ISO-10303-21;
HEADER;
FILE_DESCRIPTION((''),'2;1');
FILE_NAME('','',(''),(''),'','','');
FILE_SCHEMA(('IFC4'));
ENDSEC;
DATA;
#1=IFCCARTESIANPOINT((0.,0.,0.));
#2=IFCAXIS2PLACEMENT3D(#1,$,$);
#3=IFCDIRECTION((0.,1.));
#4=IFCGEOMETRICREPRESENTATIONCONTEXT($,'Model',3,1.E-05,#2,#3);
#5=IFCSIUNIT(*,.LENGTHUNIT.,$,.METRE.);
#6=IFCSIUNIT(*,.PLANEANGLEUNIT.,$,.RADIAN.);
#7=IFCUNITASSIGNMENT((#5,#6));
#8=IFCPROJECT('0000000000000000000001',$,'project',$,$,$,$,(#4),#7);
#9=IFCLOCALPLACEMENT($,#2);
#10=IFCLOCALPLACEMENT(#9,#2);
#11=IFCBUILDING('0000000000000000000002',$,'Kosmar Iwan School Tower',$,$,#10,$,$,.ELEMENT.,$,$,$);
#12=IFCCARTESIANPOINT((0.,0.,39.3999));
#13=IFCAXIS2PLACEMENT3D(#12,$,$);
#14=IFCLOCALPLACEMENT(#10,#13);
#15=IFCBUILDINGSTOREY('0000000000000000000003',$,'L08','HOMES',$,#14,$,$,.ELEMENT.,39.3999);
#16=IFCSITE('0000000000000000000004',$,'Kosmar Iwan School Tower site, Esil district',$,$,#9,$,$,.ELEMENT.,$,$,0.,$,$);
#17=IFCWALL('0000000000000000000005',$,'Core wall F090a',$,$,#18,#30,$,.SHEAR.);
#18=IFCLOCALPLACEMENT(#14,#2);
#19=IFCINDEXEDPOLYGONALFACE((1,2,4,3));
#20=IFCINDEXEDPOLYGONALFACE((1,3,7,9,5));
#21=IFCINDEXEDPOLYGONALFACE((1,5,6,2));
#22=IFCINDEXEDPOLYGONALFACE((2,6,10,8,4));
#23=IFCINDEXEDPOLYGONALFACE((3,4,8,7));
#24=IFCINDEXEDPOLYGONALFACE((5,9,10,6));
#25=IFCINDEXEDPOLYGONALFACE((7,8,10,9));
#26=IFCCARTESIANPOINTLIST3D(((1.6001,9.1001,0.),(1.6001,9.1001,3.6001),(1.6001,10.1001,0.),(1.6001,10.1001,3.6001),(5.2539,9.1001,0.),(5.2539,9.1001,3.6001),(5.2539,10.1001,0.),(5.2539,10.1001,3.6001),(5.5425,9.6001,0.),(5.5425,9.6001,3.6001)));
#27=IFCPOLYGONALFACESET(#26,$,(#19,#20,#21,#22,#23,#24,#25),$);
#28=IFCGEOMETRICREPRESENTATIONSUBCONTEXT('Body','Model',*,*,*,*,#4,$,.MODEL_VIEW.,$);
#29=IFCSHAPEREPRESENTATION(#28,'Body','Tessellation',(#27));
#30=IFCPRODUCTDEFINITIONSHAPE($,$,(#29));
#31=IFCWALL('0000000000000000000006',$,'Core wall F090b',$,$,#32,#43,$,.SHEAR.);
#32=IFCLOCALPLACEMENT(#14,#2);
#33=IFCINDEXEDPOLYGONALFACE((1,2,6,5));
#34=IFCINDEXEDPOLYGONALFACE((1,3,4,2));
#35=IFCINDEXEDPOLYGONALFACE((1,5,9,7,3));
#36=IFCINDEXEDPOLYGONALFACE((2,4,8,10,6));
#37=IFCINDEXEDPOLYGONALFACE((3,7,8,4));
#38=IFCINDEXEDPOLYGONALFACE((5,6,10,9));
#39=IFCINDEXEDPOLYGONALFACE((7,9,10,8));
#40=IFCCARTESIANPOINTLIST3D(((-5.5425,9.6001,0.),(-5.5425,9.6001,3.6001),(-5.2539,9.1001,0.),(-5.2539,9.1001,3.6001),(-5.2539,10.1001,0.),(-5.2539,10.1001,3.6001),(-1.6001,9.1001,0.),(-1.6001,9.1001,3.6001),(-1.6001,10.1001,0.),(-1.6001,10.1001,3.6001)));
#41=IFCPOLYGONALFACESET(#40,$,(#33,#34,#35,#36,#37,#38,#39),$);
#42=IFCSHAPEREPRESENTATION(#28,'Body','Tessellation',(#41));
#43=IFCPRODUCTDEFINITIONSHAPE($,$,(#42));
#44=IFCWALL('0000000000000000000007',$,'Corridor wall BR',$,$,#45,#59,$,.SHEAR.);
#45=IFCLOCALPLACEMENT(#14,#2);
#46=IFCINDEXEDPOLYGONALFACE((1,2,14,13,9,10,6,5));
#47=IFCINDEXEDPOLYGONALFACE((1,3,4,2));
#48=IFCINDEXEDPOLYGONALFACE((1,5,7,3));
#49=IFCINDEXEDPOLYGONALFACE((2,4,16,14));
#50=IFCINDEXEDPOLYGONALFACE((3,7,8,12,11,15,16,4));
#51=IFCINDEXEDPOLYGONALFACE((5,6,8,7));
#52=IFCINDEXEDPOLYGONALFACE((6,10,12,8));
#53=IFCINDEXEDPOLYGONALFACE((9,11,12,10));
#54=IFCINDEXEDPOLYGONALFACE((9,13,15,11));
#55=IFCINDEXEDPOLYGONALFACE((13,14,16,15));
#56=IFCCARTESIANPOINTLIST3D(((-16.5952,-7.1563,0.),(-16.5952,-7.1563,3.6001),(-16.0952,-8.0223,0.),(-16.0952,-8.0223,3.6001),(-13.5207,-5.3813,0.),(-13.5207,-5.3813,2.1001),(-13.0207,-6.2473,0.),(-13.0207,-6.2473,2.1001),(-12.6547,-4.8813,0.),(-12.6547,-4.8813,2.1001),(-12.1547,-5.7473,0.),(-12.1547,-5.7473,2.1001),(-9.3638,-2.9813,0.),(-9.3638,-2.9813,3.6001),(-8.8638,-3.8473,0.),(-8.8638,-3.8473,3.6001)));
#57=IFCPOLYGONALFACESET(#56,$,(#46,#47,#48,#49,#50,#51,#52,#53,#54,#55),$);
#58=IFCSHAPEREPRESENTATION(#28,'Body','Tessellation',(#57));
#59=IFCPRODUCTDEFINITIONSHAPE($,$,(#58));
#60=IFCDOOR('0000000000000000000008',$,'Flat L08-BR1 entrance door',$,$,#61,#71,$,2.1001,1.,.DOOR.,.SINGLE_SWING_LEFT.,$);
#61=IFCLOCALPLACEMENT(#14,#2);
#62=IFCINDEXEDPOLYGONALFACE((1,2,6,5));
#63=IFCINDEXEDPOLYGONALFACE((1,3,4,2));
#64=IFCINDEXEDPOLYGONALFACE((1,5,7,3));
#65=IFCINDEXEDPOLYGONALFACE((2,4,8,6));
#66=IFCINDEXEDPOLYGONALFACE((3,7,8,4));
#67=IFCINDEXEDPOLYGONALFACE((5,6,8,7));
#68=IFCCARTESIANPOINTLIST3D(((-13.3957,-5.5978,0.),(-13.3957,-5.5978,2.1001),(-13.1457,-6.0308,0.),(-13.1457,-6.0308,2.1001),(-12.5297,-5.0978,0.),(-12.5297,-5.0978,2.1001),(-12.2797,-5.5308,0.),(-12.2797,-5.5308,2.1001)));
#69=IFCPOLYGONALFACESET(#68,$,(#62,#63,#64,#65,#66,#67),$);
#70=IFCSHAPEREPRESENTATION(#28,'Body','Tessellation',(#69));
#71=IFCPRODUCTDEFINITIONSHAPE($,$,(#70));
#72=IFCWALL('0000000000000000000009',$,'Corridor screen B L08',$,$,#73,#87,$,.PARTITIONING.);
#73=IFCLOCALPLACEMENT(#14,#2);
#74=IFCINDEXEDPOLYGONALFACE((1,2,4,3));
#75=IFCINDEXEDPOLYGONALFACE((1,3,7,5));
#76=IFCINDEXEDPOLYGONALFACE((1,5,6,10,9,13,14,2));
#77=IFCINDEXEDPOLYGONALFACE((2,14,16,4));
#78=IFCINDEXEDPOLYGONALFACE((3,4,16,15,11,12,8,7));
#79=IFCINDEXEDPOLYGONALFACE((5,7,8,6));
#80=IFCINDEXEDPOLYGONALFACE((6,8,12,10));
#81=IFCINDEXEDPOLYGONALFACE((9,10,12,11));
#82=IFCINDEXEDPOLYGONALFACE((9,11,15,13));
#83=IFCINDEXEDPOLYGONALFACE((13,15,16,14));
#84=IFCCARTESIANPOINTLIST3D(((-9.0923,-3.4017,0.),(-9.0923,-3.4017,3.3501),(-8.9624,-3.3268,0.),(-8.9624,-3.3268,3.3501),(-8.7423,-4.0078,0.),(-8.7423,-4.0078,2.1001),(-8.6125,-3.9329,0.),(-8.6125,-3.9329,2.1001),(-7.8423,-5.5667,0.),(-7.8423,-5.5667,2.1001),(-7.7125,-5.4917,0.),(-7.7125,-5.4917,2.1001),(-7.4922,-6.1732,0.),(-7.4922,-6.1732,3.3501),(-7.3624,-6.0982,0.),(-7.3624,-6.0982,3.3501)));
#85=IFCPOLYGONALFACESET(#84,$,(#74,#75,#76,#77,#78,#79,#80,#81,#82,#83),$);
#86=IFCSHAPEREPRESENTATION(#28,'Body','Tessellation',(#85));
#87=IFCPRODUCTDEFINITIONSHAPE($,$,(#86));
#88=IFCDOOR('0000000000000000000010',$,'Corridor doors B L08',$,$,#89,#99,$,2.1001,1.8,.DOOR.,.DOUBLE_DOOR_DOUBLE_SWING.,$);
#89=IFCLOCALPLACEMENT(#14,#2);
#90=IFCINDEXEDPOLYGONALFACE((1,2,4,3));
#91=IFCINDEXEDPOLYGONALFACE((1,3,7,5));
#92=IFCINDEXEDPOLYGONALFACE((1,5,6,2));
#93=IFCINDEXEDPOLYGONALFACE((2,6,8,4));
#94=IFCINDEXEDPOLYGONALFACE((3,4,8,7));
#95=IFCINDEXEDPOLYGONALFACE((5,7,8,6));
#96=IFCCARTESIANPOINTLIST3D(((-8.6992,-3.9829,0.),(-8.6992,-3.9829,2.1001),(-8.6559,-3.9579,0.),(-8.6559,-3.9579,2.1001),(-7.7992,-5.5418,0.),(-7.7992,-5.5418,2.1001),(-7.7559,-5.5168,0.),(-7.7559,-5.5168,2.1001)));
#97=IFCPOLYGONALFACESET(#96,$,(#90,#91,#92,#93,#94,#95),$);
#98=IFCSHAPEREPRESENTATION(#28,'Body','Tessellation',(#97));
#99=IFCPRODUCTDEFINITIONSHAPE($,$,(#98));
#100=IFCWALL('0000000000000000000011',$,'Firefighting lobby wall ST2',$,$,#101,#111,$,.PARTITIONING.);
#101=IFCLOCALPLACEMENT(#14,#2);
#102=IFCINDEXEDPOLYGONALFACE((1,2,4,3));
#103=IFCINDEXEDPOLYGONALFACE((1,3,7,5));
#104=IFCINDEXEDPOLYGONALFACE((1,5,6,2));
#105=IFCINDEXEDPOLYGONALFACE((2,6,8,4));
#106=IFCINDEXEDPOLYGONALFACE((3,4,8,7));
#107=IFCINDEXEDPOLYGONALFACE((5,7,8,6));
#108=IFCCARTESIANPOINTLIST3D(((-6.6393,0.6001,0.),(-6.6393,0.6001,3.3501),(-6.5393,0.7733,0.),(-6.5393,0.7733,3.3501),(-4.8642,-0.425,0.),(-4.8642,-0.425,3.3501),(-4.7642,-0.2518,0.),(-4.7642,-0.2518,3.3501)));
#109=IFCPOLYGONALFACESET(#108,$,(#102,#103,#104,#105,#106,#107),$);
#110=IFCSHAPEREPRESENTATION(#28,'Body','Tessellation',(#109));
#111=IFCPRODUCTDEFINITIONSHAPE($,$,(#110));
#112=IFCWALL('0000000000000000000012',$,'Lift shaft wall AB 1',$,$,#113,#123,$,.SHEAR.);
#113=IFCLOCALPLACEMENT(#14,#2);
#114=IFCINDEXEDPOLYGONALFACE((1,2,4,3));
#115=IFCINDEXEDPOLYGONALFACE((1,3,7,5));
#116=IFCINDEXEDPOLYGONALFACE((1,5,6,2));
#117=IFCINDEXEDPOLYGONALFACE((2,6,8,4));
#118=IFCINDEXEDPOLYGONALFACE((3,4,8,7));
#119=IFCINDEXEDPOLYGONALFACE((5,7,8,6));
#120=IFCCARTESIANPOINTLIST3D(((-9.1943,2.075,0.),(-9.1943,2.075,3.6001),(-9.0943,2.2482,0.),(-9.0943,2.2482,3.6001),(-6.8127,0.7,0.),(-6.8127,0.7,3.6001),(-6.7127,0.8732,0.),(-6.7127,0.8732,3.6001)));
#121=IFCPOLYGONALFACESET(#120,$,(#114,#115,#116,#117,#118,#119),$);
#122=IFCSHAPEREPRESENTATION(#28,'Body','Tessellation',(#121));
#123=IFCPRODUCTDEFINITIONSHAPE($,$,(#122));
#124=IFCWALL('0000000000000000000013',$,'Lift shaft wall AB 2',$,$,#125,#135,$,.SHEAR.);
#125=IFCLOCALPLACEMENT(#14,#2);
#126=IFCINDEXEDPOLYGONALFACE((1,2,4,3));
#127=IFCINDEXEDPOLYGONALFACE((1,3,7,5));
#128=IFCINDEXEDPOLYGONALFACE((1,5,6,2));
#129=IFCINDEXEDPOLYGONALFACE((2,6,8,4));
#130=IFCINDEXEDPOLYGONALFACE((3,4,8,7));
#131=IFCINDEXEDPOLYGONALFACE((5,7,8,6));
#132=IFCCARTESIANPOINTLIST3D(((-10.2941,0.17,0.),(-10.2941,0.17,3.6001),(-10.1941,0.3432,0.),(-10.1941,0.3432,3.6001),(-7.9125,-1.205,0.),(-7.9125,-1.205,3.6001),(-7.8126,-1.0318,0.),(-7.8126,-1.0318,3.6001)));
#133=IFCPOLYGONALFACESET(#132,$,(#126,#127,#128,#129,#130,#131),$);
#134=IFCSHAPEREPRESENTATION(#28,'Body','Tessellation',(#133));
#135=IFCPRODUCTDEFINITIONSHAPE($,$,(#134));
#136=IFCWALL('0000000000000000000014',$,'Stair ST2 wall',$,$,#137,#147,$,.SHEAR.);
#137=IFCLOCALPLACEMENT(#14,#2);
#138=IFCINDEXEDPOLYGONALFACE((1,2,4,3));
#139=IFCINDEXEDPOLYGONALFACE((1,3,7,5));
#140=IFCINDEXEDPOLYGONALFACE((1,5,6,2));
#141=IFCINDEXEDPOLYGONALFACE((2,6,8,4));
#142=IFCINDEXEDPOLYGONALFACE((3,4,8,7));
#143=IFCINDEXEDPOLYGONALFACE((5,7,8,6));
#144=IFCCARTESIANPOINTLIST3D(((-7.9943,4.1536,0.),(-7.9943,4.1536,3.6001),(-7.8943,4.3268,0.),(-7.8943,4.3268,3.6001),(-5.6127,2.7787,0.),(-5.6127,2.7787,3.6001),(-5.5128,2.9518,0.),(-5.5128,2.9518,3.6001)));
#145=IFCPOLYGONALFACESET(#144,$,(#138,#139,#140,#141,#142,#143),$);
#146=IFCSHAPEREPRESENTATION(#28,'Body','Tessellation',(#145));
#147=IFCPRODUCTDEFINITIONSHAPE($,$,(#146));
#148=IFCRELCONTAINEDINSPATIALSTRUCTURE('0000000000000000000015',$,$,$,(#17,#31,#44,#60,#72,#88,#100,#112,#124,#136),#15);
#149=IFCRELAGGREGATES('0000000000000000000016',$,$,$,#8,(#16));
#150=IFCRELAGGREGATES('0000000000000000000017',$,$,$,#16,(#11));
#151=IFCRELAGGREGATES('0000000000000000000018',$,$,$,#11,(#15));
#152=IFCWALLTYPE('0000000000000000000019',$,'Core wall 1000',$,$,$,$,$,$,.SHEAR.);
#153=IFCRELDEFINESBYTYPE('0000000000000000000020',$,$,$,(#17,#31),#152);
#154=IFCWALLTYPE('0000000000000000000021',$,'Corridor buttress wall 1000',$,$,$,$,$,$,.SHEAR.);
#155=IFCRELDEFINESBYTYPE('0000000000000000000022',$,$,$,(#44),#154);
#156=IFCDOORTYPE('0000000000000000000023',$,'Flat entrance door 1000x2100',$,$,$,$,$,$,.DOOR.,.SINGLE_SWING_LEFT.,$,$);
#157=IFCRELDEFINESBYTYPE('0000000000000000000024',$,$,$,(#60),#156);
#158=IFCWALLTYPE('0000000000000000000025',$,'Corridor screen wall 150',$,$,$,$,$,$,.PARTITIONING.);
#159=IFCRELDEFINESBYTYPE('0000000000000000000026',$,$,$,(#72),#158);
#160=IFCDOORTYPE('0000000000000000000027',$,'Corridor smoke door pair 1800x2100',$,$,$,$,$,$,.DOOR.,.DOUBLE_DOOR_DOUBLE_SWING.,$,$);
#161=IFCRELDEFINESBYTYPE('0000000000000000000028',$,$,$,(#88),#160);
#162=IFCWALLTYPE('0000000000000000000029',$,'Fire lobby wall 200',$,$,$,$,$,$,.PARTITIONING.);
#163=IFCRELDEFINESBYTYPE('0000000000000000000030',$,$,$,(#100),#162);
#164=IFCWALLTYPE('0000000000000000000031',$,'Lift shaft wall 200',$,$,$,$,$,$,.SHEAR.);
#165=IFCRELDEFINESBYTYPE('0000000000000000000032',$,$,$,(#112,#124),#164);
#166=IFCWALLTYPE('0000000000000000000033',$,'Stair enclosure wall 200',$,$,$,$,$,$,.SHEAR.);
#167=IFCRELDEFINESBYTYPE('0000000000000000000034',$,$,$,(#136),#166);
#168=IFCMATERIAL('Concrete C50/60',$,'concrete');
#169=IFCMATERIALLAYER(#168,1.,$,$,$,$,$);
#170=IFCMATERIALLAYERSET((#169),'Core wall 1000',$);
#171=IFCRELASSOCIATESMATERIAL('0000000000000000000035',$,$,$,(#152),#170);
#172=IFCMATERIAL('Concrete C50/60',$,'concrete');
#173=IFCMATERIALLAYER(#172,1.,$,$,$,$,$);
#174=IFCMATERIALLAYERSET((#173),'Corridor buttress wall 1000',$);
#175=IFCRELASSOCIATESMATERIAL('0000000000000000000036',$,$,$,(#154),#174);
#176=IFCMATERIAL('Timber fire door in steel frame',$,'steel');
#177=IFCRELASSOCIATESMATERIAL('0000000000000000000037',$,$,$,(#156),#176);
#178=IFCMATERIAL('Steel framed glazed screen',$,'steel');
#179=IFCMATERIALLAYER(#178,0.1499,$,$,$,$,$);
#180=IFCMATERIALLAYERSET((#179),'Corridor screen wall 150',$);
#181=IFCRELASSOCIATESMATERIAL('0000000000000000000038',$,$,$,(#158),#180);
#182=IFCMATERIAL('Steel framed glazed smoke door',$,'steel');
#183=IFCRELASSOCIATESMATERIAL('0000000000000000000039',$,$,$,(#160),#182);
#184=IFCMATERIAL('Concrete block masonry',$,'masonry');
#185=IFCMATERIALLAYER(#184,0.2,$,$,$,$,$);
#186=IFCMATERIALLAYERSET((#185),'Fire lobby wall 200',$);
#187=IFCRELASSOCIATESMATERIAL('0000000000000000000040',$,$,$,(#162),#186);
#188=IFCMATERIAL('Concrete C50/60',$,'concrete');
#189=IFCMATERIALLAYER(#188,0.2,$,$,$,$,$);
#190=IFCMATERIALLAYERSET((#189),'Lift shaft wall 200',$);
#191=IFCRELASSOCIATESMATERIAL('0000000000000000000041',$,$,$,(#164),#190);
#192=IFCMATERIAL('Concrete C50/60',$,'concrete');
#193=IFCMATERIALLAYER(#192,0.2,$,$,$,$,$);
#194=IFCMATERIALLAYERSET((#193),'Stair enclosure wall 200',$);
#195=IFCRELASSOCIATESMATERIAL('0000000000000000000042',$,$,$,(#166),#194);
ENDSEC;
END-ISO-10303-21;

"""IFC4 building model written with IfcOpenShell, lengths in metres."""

from ifc_helpers import new_model, si_unit, direction, frame, frame_2d, origin, place, context, subcontext, project, spatial, polyline, rectangle, outline, extrude, material, layer, layer_set, type_object, element, fill, save


model = new_model("IFC4")

# Units and contexts
model_context = context("Model", 3, precision=1e-05, world=origin(), true_north=direction((0.0, 1.0)))
body_context = subcontext(model_context, "Body", "Model", "MODEL_VIEW")
ifc_project = project(units=[si_unit("LENGTHUNIT", "METRE"), si_unit("PLANEANGLEUNIT", "RADIAN")], contexts=[model_context])

# Site, building, storey
site_placement = place(None, origin())
site = spatial("IfcSite", under=ifc_project, at=site_placement, Name="Kosmar Iwan School Tower site, Esil district", CompositionType="ELEMENT", RefElevation=0.0)
building_placement = place(site_placement, origin())
building = spatial("IfcBuilding", under=site, at=building_placement, Name="Kosmar Iwan School Tower", CompositionType="ELEMENT")
storey_placement = place(building_placement, frame((0.0, 0.0, 39.3999)))
storey = spatial("IfcBuildingStorey", under=building, at=storey_placement, Name="L08", Description="HOMES", CompositionType="ELEMENT", Elevation=39.3999)

# Walls
ifc_material_1 = material(Name="Concrete C50/60", Category="concrete")
ifc_layer_1 = layer(ifc_material_1, 1.0)
ifc_layer_set_1 = layer_set([ifc_layer_1], Name="Core wall 1000")
wall_type_1 = type_object("IfcWallType", Name="Core wall 1000", PredefinedType="SHEAR", material=ifc_layer_set_1)
wall_1_placement = place(storey_placement, origin())
element("IfcWall", 1, at=wall_1_placement, inside=storey, type_object=wall_type_1, Name="Core wall F090a", PredefinedType="SHEAR", context=body_context, shape_type="SweptSolid", body=[
    extrude(outline(polyline([(1.6001, 9.1001), (5.2539, 9.1001), (5.5425, 9.6001), (5.2539, 10.1001), (1.6001, 10.1001), (1.6001, 9.1001)])), origin(), (0.0, 0.0, 1.0), 3.6001),
])
wall_2_placement = place(storey_placement, origin())
element("IfcWall", 2, at=wall_2_placement, inside=storey, type_object=wall_type_1, Name="Core wall F090b", PredefinedType="SHEAR", context=body_context, shape_type="SweptSolid", body=[
    extrude(outline(polyline([(-5.2539, 9.1001), (-1.6001, 9.1001), (-1.6001, 10.1001), (-5.2539, 10.1001), (-5.5425, 9.6001), (-5.2539, 9.1001)])), origin(), (0.0, 0.0, 1.0), 3.6001),
])

# Walls, openings, doors
ifc_material_2 = material(Name="Concrete C50/60", Category="concrete")
ifc_layer_2 = layer(ifc_material_2, 1.0)
ifc_layer_set_2 = layer_set([ifc_layer_2], Name="Corridor buttress wall 1000")
wall_type_2 = type_object("IfcWallType", Name="Corridor buttress wall 1000", PredefinedType="SHEAR", material=ifc_layer_set_2)
wall_3_placement = place(storey_placement, frame((-9.1138, -3.4143, 0.0), z_axis=(0.0, 0.0, 1.0), x_axis=(-0.866027, -0.499997, 0.0)))
wall_3 = element("IfcWall", 3, at=wall_3_placement, inside=storey, type_object=wall_type_2, Name="Corridor wall BR", PredefinedType="SHEAR", context=body_context, shape_type="SweptSolid", body=[
    extrude(rectangle(XDim=8.3501, YDim=1.0, at=frame_2d((4.175, 0.0))), origin(), (0.0, 0.0, 1.0), 3.6001),
])
opening_1_placement = place(wall_3_placement, frame((3.8, 0.0, 0.0)))
opening_1 = element("IfcOpeningElement", 4, at=opening_1_placement, cuts=wall_3, PredefinedType="OPENING", context=body_context, shape_type="SweptSolid", body=[
    extrude(rectangle(XDim=1.0, YDim=2.1001, at=frame_2d((0.5, 1.05))), frame((0.0, 0.512, 0.0), z_axis=(0.0, -1.0, 0.0), x_axis=(1.0, 0.0, 0.0)), (0.0, 0.0, 1.0), 1.0239),
])
ifc_material_3 = material(Name="Timber fire door in steel frame", Category="steel")
door_type_1 = type_object("IfcDoorType", Name="Flat entrance door 1000x2100", OperationType="SINGLE_SWING_LEFT", PredefinedType="DOOR", material=ifc_material_3)
door_1_placement = place(opening_1_placement, origin())
door_1 = element("IfcDoor", 5, at=door_1_placement, inside=storey, type_object=door_type_1, Name="Flat L08-BR1 entrance door", OperationType="SINGLE_SWING_LEFT", OverallHeight=2.1001, OverallWidth=1.0, PredefinedType="DOOR", context=body_context, shape_type="SweptSolid", body=[
    extrude(rectangle(XDim=1.0, YDim=2.1001, at=frame_2d((0.5, 1.05))), frame((0.0, 0.25, 0.0), z_axis=(0.0, -1.0, 0.0), x_axis=(1.0, 0.0, 0.0)), (0.0, 0.0, 1.0), 0.5),
])
fill(opening_1, door_1)
ifc_material_4 = material(Name="Steel framed glazed screen", Category="steel")
ifc_layer_3 = layer(ifc_material_4, 0.1499)
ifc_layer_set_3 = layer_set([ifc_layer_3], Name="Corridor screen wall 150")
wall_type_3 = type_object("IfcWallType", Name="Corridor screen wall 150", PredefinedType="PARTITIONING", material=ifc_layer_set_3)
wall_4_placement = place(storey_placement, frame((-9.0273, -3.3643, 0.0), z_axis=(0.0, 0.0, 1.0), x_axis=(0.499995, -0.866028, 0.0)))
wall_4 = element("IfcWall", 6, at=wall_4_placement, inside=storey, type_object=wall_type_3, Name="Corridor screen B L08", PredefinedType="PARTITIONING", context=body_context, shape_type="SweptSolid", body=[
    extrude(rectangle(XDim=3.2002, YDim=0.1499, at=frame_2d((1.6001, 0.0))), origin(), (0.0, 0.0, 1.0), 3.3501),
])
opening_2_placement = place(wall_4_placement, frame((0.7, 0.0, 0.0)))
opening_2 = element("IfcOpeningElement", 7, at=opening_2_placement, cuts=wall_4, PredefinedType="OPENING", context=body_context, shape_type="SweptSolid", body=[
    extrude(rectangle(XDim=1.8, YDim=2.1001, at=frame_2d((0.8999, 1.05))), frame((0.0, 0.0869, 0.0), z_axis=(0.0, -1.0, 0.0), x_axis=(1.0, 0.0, 0.0)), (0.0, 0.0, 1.0), 0.1738),
])
ifc_material_5 = material(Name="Steel framed glazed smoke door", Category="steel")
door_type_2 = type_object("IfcDoorType", Name="Corridor smoke door pair 1800x2100", OperationType="DOUBLE_DOOR_DOUBLE_SWING", PredefinedType="DOOR", material=ifc_material_5)
door_2_placement = place(opening_2_placement, origin())
door_2 = element("IfcDoor", 8, at=door_2_placement, inside=storey, type_object=door_type_2, Name="Corridor doors B L08", OperationType="DOUBLE_DOOR_DOUBLE_SWING", OverallHeight=2.1001, OverallWidth=1.8, PredefinedType="DOOR", context=body_context, shape_type="SweptSolid", body=[
    extrude(rectangle(XDim=1.8, YDim=2.1001, at=frame_2d((0.8999, 1.05))), frame((0.0, 0.0249, 0.0), z_axis=(0.0, -1.0, 0.0), x_axis=(1.0, 0.0, 0.0)), (0.0, 0.0, 1.0), 0.05),
])
fill(opening_2, door_2)

# Walls
ifc_material_6 = material(Name="Concrete block masonry", Category="masonry")
ifc_layer_4 = layer(ifc_material_6, 0.2)
ifc_layer_set_4 = layer_set([ifc_layer_4], Name="Fire lobby wall 200")
wall_type_4 = type_object("IfcWallType", Name="Fire lobby wall 200", PredefinedType="PARTITIONING", material=ifc_layer_set_4)
wall_5_placement = place(storey_placement, frame((-4.8142, -0.3384, 0.0), z_axis=(0.0, 0.0, 1.0), x_axis=(-0.865969, 0.500097, 0.0)))
element("IfcWall", 9, at=wall_5_placement, inside=storey, type_object=wall_type_4, Name="Firefighting lobby wall ST2", PredefinedType="PARTITIONING", context=body_context, shape_type="SweptSolid", body=[
    extrude(rectangle(XDim=2.0498, YDim=0.2, at=frame_2d((1.0249, 0.0))), origin(), (0.0, 0.0, 1.0), 3.3501),
])
ifc_material_7 = material(Name="Concrete C50/60", Category="concrete")
ifc_layer_5 = layer(ifc_material_7, 0.2)
ifc_layer_set_5 = layer_set([ifc_layer_5], Name="Lift shaft wall 200")
wall_type_5 = type_object("IfcWallType", Name="Lift shaft wall 200", PredefinedType="SHEAR", material=ifc_layer_set_5)
for number, where, z_axis, x_axis, name in (
    (10, (-6.7627, 0.7866, 0.0), (0.0, 0.0, 1.0), (-0.866027, 0.499997, 0.0), "Lift shaft wall AB 1"),
    (11, (-7.8625, -1.1184, 0.0), (0.0, 0.0, 1.0), (-0.866027, 0.499997, 0.0), "Lift shaft wall AB 2"),
):
    element("IfcWall", number, at=place(storey_placement, frame(where, z_axis=z_axis, x_axis=x_axis)), inside=storey, type_object=wall_type_5, Name=name, PredefinedType="SHEAR", context=body_context, shape_type="SweptSolid", body=[
        extrude(rectangle(XDim=2.75, YDim=0.2, at=frame_2d((1.375, 0.0))), origin(), (0.0, 0.0, 1.0), 3.6001),
    ])
ifc_material_8 = material(Name="Concrete C50/60", Category="concrete")
ifc_layer_6 = layer(ifc_material_8, 0.2)
ifc_layer_set_6 = layer_set([ifc_layer_6], Name="Stair enclosure wall 200")
wall_type_6 = type_object("IfcWallType", Name="Stair enclosure wall 200", PredefinedType="SHEAR", material=ifc_layer_set_6)
wall_6_placement = place(storey_placement, frame((-5.5627, 2.8652, 0.0), z_axis=(0.0, 0.0, 1.0), x_axis=(-0.866027, 0.499997, 0.0)))
element("IfcWall", 12, at=wall_6_placement, inside=storey, type_object=wall_type_6, Name="Stair ST2 wall", PredefinedType="SHEAR", context=body_context, shape_type="SweptSolid", body=[
    extrude(rectangle(XDim=2.75, YDim=0.2, at=frame_2d((1.375, 0.0))), origin(), (0.0, 0.0, 1.0), 3.6001),
])

save(model, "model.ifc")
